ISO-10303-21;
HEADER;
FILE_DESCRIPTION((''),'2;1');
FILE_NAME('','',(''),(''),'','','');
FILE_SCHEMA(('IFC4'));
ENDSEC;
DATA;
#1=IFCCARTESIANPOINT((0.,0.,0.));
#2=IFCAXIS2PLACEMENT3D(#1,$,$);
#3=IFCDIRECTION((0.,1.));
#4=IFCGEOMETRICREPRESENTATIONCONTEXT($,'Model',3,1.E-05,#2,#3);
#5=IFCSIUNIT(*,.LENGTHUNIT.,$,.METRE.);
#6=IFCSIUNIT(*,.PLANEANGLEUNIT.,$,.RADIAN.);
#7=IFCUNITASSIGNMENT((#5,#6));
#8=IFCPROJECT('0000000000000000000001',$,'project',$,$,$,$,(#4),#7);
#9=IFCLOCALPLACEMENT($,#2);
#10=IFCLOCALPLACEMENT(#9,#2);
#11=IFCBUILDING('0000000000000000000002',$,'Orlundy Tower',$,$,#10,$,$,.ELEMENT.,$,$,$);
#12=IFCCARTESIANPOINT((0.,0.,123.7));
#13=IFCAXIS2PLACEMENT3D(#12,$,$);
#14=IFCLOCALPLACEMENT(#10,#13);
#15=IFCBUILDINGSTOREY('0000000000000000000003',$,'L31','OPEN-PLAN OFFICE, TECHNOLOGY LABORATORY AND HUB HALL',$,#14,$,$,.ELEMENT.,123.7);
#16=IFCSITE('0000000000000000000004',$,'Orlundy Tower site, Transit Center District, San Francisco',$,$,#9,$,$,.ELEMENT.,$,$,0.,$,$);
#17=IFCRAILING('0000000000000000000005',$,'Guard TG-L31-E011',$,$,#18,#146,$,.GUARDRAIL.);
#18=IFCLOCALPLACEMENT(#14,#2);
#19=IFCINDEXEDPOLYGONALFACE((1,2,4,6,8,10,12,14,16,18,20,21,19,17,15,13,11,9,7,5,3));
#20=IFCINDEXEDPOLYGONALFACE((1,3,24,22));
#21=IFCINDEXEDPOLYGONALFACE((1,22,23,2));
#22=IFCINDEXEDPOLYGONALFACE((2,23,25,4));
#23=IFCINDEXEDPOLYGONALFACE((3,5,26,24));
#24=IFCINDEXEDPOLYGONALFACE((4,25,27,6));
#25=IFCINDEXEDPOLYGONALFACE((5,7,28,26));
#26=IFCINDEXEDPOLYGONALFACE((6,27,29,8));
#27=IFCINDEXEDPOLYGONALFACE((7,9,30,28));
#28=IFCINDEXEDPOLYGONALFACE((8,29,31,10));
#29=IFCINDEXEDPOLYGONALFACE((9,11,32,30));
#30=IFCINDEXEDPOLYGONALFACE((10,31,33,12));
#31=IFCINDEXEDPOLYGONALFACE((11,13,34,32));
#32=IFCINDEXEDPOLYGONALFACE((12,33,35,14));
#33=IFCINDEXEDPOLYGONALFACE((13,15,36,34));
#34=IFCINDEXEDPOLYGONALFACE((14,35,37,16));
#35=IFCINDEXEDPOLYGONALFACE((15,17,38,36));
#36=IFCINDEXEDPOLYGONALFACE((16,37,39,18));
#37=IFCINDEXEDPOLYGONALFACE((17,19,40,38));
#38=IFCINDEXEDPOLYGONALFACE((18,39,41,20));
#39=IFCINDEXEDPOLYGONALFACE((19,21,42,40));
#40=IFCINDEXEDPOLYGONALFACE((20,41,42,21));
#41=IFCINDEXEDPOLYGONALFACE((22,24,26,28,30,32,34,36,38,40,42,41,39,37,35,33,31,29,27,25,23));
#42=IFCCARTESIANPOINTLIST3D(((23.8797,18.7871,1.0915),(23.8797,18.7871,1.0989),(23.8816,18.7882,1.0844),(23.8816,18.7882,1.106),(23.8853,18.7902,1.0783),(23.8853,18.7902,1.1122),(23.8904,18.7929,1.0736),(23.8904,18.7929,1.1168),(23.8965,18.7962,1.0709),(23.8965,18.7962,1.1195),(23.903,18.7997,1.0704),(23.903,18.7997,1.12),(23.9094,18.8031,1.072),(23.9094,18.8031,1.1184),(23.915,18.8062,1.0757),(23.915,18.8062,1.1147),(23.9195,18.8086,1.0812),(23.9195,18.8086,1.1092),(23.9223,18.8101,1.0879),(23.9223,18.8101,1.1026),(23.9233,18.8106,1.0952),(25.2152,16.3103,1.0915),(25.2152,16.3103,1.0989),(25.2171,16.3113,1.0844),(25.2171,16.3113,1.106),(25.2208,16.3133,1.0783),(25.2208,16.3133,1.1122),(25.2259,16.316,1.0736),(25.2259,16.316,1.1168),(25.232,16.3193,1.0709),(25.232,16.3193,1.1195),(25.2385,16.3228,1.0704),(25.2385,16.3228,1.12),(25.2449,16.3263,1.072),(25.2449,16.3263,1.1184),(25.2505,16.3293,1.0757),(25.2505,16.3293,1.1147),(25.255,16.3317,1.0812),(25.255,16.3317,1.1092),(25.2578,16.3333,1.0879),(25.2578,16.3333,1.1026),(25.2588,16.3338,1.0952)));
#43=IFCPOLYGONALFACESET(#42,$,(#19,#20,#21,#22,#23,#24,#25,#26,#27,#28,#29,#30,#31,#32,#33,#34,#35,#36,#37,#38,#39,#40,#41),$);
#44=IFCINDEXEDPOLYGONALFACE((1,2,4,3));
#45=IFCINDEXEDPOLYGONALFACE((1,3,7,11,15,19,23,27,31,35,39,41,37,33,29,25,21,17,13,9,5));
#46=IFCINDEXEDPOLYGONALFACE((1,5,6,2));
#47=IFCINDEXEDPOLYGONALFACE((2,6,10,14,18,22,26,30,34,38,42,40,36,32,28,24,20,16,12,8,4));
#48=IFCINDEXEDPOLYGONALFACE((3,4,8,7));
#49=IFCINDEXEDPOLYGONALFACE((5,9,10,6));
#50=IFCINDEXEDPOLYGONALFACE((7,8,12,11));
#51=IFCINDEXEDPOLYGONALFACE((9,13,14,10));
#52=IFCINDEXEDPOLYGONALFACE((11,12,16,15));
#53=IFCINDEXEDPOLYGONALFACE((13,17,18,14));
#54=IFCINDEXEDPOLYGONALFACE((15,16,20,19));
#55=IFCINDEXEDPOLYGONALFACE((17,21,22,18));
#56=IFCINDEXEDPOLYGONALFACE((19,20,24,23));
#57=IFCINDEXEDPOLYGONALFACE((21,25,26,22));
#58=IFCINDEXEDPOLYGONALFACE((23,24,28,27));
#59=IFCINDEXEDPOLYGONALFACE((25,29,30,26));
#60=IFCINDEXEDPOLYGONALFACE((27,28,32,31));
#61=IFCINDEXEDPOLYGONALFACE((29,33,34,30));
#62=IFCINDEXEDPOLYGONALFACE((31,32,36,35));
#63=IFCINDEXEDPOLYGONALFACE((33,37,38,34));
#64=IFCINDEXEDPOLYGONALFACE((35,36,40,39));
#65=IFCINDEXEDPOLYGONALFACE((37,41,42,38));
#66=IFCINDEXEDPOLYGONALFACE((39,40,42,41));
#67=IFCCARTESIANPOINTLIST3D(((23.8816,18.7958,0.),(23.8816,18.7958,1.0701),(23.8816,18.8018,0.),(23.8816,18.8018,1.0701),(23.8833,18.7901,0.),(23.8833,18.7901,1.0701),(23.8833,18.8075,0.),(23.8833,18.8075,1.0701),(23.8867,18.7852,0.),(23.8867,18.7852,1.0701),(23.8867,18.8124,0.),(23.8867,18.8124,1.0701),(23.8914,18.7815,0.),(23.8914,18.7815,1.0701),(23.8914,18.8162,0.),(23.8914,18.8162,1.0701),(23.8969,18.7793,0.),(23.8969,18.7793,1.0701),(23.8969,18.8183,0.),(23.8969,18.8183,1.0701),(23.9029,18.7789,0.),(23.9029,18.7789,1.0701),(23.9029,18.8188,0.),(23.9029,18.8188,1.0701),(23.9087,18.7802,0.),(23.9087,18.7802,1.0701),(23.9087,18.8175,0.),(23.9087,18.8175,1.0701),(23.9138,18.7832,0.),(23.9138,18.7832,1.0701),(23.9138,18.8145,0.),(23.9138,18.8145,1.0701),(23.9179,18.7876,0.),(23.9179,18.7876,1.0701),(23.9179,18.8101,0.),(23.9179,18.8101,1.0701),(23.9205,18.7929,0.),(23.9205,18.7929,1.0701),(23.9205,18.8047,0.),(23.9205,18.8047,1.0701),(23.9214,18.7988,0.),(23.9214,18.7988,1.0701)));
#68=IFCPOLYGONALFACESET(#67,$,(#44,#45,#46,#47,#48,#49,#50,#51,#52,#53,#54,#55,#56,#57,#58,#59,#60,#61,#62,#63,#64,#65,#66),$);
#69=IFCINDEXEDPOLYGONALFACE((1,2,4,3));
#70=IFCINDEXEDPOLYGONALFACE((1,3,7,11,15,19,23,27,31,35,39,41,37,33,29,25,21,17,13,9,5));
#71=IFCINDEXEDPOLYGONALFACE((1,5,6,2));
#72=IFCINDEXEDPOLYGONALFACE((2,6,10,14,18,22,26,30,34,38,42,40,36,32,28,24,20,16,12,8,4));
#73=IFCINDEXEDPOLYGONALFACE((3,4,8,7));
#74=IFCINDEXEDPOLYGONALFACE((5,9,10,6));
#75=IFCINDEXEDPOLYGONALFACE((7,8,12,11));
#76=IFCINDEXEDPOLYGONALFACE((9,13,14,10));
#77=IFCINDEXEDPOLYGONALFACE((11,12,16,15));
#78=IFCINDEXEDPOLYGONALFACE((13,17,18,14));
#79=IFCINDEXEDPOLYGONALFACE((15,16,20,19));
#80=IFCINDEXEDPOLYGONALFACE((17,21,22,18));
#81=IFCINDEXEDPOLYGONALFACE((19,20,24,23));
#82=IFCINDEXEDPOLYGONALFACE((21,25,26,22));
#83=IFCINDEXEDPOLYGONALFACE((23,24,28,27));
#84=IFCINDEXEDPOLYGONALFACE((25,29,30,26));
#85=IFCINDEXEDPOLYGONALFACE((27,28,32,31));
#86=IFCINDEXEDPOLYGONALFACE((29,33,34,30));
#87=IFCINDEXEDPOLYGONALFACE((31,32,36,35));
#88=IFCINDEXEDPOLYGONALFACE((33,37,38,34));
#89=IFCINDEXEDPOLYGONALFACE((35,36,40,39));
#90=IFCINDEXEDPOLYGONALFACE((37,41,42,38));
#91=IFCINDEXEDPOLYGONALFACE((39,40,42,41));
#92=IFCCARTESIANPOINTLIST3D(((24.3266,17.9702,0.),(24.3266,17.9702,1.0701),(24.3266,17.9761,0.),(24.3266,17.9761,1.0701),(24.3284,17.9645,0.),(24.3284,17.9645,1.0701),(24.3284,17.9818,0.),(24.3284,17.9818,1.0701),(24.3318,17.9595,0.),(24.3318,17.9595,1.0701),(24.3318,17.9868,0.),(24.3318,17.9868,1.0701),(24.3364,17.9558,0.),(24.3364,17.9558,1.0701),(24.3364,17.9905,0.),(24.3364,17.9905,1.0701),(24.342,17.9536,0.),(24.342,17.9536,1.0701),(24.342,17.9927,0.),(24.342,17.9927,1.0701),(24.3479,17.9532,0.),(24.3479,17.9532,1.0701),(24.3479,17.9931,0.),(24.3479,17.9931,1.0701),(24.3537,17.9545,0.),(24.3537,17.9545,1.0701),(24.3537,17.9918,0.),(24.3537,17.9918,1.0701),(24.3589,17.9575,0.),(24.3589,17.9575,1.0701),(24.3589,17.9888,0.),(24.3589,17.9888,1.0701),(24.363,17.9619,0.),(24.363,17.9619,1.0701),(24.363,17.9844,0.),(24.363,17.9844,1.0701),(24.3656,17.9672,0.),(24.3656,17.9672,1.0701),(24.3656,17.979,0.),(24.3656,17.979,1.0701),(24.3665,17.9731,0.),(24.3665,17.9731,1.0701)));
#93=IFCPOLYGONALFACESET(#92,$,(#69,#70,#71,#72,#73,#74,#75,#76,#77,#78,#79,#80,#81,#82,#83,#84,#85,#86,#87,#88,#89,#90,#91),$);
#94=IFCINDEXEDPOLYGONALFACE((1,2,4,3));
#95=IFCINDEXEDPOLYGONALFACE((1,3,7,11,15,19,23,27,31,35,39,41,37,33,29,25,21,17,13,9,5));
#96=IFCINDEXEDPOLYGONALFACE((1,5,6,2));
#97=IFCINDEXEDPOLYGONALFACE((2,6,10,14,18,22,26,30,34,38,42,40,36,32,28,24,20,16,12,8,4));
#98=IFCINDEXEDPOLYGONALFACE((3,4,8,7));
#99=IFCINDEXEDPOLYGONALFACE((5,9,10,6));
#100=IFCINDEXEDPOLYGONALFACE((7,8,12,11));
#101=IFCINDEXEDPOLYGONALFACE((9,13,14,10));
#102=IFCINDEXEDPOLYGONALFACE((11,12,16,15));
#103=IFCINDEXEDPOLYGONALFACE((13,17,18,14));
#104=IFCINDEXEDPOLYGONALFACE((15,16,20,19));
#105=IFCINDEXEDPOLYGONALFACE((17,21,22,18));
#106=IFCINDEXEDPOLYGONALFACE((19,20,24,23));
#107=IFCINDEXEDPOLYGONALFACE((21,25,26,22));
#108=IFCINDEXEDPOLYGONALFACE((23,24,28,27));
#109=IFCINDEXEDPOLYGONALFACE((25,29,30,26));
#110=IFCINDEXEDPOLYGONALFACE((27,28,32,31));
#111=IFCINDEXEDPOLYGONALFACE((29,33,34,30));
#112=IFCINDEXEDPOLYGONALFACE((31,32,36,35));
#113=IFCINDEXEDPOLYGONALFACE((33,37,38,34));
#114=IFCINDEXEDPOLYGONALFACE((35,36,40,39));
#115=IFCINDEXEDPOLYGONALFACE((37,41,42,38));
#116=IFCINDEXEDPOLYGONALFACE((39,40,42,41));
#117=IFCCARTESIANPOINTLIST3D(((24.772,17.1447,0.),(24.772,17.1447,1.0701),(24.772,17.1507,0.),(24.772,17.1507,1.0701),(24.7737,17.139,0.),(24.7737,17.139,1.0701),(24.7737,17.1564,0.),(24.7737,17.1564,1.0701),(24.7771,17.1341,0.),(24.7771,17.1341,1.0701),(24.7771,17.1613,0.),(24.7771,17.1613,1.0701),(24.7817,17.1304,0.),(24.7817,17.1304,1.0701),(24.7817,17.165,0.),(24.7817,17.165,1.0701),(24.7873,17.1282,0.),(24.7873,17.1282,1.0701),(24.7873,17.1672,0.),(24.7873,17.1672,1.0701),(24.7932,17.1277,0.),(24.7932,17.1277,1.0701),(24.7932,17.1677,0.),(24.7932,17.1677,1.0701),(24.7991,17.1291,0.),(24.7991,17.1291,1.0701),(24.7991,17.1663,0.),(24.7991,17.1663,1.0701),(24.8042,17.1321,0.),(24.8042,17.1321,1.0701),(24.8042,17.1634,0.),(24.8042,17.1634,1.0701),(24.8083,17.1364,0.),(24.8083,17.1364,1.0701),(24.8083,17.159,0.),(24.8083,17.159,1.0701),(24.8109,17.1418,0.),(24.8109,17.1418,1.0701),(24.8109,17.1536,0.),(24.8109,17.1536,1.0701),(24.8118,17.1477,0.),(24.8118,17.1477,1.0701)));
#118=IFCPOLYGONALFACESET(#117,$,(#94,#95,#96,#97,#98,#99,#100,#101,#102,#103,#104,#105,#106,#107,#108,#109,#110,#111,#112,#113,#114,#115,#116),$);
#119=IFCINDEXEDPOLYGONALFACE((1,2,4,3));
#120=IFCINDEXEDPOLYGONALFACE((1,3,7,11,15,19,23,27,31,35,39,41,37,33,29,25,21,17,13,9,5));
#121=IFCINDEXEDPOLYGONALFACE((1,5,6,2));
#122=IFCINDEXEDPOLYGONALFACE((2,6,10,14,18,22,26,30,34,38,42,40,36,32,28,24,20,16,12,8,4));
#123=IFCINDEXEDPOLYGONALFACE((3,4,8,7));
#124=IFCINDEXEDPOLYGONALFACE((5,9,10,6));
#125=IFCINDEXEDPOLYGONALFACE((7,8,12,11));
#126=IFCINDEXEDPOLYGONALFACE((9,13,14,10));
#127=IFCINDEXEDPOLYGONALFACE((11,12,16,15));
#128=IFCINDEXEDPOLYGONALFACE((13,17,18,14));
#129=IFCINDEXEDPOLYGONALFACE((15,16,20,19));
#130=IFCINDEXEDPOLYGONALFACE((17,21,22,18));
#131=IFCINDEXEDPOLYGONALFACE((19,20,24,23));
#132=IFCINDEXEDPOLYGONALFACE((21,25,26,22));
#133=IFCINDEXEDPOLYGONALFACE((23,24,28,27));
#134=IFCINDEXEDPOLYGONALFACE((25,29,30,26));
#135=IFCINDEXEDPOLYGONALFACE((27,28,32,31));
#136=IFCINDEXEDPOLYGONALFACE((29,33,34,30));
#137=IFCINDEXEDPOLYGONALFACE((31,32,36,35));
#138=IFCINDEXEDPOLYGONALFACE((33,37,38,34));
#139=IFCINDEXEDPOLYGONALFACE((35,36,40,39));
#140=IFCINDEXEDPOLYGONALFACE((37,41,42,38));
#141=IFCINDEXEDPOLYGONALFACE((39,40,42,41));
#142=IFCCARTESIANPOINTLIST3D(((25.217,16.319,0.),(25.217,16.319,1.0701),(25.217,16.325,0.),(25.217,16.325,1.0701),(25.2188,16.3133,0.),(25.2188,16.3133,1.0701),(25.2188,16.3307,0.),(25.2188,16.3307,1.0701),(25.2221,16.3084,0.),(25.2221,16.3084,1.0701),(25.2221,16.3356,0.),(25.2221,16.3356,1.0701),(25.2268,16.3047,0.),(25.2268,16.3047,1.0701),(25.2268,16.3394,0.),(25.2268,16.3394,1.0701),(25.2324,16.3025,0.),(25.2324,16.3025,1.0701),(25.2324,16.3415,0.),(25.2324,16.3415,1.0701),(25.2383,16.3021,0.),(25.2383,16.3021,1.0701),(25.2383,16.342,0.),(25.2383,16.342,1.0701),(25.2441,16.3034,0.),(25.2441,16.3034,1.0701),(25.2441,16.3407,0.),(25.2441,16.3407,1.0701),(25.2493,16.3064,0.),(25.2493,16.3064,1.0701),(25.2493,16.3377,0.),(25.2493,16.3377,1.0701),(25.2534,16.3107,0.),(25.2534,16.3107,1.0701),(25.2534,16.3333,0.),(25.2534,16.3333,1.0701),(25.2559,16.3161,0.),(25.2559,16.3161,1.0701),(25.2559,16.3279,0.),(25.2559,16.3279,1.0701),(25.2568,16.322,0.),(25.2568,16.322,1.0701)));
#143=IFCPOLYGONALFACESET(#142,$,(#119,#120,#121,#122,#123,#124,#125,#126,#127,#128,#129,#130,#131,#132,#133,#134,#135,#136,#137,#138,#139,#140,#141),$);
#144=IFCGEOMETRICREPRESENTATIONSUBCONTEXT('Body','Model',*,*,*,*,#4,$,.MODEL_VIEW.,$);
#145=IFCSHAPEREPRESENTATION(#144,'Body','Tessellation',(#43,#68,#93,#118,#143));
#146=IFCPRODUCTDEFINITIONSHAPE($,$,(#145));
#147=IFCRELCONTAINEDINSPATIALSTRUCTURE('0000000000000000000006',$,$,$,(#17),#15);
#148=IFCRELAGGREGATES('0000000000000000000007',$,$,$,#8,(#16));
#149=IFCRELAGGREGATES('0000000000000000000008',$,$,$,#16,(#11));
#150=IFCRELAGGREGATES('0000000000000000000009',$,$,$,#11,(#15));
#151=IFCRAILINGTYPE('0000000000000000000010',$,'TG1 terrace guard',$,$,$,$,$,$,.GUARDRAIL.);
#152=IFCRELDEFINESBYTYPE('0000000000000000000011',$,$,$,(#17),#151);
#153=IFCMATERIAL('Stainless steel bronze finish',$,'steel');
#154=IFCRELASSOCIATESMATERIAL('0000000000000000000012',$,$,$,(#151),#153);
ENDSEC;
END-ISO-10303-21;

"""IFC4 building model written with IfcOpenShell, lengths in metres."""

from ifc_helpers import new_model, si_unit, direction, frame, origin, origin_2d, place, context, subcontext, project, spatial, circle, extrude, material, type_object, element, save


model = new_model("IFC4")

# Units and contexts
model_context = context("Model", 3, precision=1e-05, world=origin(), true_north=direction((0.0, 1.0)))
body_context = subcontext(model_context, "Body", "Model", "MODEL_VIEW")
ifc_project = project(units=[si_unit("LENGTHUNIT", "METRE"), si_unit("PLANEANGLEUNIT", "RADIAN")], contexts=[model_context])

# Site, building, storey
site_placement = place(None, origin())
site = spatial("IfcSite", under=ifc_project, at=site_placement, Name="Orlundy Tower site, Transit Center District, San Francisco", CompositionType="ELEMENT", RefElevation=0.0)
building_placement = place(site_placement, origin())
building = spatial("IfcBuilding", under=site, at=building_placement, Name="Orlundy Tower", CompositionType="ELEMENT")
storey_placement = place(building_placement, frame((0.0, 0.0, 123.7)))
storey = spatial("IfcBuildingStorey", under=building, at=storey_placement, Name="L31", Description="OPEN-PLAN OFFICE, TECHNOLOGY LABORATORY AND HUB HALL", CompositionType="ELEMENT", Elevation=123.7)

# Railing
ifc_material_1 = material(Name="Stainless steel bronze finish", Category="steel")
railing_type = type_object("IfcRailingType", Name="TG1 terrace guard", PredefinedType="GUARDRAIL", material=ifc_material_1)
railing_1_placement = place(storey_placement, frame((23.9014, 18.7988, 0.0)))
element("IfcRailing", 1, at=railing_1_placement, inside=storey, type_object=railing_type, Name="Guard TG-L31-E011", PredefinedType="GUARDRAIL", context=body_context, shape_type="SweptSolid", body=[
    extrude(circle(Radius=0.0249, at=origin_2d()), frame((0.0, 0.0, 1.0952), z_axis=(0.474591, -0.880206, 0.0), x_axis=(0.880206, 0.474591, 0.0)), (0.0, 0.0, 1.0), 2.814),
    extrude(circle(Radius=0.02, at=origin_2d()), origin(), (0.0, 0.0, 1.0), 1.0701),
    extrude(circle(Radius=0.02, at=origin_2d()), frame((0.4451, -0.8257, 0.0)), (0.0, 0.0, 1.0), 1.0701),
    extrude(circle(Radius=0.02, at=origin_2d()), frame((0.8904, -1.6511, 0.0)), (0.0, 0.0, 1.0), 1.0701),
    extrude(circle(Radius=0.02, at=origin_2d()), frame((1.3354, -2.4768, 0.0)), (0.0, 0.0, 1.0), 1.0701),
])

save(model, "model.ifc")
